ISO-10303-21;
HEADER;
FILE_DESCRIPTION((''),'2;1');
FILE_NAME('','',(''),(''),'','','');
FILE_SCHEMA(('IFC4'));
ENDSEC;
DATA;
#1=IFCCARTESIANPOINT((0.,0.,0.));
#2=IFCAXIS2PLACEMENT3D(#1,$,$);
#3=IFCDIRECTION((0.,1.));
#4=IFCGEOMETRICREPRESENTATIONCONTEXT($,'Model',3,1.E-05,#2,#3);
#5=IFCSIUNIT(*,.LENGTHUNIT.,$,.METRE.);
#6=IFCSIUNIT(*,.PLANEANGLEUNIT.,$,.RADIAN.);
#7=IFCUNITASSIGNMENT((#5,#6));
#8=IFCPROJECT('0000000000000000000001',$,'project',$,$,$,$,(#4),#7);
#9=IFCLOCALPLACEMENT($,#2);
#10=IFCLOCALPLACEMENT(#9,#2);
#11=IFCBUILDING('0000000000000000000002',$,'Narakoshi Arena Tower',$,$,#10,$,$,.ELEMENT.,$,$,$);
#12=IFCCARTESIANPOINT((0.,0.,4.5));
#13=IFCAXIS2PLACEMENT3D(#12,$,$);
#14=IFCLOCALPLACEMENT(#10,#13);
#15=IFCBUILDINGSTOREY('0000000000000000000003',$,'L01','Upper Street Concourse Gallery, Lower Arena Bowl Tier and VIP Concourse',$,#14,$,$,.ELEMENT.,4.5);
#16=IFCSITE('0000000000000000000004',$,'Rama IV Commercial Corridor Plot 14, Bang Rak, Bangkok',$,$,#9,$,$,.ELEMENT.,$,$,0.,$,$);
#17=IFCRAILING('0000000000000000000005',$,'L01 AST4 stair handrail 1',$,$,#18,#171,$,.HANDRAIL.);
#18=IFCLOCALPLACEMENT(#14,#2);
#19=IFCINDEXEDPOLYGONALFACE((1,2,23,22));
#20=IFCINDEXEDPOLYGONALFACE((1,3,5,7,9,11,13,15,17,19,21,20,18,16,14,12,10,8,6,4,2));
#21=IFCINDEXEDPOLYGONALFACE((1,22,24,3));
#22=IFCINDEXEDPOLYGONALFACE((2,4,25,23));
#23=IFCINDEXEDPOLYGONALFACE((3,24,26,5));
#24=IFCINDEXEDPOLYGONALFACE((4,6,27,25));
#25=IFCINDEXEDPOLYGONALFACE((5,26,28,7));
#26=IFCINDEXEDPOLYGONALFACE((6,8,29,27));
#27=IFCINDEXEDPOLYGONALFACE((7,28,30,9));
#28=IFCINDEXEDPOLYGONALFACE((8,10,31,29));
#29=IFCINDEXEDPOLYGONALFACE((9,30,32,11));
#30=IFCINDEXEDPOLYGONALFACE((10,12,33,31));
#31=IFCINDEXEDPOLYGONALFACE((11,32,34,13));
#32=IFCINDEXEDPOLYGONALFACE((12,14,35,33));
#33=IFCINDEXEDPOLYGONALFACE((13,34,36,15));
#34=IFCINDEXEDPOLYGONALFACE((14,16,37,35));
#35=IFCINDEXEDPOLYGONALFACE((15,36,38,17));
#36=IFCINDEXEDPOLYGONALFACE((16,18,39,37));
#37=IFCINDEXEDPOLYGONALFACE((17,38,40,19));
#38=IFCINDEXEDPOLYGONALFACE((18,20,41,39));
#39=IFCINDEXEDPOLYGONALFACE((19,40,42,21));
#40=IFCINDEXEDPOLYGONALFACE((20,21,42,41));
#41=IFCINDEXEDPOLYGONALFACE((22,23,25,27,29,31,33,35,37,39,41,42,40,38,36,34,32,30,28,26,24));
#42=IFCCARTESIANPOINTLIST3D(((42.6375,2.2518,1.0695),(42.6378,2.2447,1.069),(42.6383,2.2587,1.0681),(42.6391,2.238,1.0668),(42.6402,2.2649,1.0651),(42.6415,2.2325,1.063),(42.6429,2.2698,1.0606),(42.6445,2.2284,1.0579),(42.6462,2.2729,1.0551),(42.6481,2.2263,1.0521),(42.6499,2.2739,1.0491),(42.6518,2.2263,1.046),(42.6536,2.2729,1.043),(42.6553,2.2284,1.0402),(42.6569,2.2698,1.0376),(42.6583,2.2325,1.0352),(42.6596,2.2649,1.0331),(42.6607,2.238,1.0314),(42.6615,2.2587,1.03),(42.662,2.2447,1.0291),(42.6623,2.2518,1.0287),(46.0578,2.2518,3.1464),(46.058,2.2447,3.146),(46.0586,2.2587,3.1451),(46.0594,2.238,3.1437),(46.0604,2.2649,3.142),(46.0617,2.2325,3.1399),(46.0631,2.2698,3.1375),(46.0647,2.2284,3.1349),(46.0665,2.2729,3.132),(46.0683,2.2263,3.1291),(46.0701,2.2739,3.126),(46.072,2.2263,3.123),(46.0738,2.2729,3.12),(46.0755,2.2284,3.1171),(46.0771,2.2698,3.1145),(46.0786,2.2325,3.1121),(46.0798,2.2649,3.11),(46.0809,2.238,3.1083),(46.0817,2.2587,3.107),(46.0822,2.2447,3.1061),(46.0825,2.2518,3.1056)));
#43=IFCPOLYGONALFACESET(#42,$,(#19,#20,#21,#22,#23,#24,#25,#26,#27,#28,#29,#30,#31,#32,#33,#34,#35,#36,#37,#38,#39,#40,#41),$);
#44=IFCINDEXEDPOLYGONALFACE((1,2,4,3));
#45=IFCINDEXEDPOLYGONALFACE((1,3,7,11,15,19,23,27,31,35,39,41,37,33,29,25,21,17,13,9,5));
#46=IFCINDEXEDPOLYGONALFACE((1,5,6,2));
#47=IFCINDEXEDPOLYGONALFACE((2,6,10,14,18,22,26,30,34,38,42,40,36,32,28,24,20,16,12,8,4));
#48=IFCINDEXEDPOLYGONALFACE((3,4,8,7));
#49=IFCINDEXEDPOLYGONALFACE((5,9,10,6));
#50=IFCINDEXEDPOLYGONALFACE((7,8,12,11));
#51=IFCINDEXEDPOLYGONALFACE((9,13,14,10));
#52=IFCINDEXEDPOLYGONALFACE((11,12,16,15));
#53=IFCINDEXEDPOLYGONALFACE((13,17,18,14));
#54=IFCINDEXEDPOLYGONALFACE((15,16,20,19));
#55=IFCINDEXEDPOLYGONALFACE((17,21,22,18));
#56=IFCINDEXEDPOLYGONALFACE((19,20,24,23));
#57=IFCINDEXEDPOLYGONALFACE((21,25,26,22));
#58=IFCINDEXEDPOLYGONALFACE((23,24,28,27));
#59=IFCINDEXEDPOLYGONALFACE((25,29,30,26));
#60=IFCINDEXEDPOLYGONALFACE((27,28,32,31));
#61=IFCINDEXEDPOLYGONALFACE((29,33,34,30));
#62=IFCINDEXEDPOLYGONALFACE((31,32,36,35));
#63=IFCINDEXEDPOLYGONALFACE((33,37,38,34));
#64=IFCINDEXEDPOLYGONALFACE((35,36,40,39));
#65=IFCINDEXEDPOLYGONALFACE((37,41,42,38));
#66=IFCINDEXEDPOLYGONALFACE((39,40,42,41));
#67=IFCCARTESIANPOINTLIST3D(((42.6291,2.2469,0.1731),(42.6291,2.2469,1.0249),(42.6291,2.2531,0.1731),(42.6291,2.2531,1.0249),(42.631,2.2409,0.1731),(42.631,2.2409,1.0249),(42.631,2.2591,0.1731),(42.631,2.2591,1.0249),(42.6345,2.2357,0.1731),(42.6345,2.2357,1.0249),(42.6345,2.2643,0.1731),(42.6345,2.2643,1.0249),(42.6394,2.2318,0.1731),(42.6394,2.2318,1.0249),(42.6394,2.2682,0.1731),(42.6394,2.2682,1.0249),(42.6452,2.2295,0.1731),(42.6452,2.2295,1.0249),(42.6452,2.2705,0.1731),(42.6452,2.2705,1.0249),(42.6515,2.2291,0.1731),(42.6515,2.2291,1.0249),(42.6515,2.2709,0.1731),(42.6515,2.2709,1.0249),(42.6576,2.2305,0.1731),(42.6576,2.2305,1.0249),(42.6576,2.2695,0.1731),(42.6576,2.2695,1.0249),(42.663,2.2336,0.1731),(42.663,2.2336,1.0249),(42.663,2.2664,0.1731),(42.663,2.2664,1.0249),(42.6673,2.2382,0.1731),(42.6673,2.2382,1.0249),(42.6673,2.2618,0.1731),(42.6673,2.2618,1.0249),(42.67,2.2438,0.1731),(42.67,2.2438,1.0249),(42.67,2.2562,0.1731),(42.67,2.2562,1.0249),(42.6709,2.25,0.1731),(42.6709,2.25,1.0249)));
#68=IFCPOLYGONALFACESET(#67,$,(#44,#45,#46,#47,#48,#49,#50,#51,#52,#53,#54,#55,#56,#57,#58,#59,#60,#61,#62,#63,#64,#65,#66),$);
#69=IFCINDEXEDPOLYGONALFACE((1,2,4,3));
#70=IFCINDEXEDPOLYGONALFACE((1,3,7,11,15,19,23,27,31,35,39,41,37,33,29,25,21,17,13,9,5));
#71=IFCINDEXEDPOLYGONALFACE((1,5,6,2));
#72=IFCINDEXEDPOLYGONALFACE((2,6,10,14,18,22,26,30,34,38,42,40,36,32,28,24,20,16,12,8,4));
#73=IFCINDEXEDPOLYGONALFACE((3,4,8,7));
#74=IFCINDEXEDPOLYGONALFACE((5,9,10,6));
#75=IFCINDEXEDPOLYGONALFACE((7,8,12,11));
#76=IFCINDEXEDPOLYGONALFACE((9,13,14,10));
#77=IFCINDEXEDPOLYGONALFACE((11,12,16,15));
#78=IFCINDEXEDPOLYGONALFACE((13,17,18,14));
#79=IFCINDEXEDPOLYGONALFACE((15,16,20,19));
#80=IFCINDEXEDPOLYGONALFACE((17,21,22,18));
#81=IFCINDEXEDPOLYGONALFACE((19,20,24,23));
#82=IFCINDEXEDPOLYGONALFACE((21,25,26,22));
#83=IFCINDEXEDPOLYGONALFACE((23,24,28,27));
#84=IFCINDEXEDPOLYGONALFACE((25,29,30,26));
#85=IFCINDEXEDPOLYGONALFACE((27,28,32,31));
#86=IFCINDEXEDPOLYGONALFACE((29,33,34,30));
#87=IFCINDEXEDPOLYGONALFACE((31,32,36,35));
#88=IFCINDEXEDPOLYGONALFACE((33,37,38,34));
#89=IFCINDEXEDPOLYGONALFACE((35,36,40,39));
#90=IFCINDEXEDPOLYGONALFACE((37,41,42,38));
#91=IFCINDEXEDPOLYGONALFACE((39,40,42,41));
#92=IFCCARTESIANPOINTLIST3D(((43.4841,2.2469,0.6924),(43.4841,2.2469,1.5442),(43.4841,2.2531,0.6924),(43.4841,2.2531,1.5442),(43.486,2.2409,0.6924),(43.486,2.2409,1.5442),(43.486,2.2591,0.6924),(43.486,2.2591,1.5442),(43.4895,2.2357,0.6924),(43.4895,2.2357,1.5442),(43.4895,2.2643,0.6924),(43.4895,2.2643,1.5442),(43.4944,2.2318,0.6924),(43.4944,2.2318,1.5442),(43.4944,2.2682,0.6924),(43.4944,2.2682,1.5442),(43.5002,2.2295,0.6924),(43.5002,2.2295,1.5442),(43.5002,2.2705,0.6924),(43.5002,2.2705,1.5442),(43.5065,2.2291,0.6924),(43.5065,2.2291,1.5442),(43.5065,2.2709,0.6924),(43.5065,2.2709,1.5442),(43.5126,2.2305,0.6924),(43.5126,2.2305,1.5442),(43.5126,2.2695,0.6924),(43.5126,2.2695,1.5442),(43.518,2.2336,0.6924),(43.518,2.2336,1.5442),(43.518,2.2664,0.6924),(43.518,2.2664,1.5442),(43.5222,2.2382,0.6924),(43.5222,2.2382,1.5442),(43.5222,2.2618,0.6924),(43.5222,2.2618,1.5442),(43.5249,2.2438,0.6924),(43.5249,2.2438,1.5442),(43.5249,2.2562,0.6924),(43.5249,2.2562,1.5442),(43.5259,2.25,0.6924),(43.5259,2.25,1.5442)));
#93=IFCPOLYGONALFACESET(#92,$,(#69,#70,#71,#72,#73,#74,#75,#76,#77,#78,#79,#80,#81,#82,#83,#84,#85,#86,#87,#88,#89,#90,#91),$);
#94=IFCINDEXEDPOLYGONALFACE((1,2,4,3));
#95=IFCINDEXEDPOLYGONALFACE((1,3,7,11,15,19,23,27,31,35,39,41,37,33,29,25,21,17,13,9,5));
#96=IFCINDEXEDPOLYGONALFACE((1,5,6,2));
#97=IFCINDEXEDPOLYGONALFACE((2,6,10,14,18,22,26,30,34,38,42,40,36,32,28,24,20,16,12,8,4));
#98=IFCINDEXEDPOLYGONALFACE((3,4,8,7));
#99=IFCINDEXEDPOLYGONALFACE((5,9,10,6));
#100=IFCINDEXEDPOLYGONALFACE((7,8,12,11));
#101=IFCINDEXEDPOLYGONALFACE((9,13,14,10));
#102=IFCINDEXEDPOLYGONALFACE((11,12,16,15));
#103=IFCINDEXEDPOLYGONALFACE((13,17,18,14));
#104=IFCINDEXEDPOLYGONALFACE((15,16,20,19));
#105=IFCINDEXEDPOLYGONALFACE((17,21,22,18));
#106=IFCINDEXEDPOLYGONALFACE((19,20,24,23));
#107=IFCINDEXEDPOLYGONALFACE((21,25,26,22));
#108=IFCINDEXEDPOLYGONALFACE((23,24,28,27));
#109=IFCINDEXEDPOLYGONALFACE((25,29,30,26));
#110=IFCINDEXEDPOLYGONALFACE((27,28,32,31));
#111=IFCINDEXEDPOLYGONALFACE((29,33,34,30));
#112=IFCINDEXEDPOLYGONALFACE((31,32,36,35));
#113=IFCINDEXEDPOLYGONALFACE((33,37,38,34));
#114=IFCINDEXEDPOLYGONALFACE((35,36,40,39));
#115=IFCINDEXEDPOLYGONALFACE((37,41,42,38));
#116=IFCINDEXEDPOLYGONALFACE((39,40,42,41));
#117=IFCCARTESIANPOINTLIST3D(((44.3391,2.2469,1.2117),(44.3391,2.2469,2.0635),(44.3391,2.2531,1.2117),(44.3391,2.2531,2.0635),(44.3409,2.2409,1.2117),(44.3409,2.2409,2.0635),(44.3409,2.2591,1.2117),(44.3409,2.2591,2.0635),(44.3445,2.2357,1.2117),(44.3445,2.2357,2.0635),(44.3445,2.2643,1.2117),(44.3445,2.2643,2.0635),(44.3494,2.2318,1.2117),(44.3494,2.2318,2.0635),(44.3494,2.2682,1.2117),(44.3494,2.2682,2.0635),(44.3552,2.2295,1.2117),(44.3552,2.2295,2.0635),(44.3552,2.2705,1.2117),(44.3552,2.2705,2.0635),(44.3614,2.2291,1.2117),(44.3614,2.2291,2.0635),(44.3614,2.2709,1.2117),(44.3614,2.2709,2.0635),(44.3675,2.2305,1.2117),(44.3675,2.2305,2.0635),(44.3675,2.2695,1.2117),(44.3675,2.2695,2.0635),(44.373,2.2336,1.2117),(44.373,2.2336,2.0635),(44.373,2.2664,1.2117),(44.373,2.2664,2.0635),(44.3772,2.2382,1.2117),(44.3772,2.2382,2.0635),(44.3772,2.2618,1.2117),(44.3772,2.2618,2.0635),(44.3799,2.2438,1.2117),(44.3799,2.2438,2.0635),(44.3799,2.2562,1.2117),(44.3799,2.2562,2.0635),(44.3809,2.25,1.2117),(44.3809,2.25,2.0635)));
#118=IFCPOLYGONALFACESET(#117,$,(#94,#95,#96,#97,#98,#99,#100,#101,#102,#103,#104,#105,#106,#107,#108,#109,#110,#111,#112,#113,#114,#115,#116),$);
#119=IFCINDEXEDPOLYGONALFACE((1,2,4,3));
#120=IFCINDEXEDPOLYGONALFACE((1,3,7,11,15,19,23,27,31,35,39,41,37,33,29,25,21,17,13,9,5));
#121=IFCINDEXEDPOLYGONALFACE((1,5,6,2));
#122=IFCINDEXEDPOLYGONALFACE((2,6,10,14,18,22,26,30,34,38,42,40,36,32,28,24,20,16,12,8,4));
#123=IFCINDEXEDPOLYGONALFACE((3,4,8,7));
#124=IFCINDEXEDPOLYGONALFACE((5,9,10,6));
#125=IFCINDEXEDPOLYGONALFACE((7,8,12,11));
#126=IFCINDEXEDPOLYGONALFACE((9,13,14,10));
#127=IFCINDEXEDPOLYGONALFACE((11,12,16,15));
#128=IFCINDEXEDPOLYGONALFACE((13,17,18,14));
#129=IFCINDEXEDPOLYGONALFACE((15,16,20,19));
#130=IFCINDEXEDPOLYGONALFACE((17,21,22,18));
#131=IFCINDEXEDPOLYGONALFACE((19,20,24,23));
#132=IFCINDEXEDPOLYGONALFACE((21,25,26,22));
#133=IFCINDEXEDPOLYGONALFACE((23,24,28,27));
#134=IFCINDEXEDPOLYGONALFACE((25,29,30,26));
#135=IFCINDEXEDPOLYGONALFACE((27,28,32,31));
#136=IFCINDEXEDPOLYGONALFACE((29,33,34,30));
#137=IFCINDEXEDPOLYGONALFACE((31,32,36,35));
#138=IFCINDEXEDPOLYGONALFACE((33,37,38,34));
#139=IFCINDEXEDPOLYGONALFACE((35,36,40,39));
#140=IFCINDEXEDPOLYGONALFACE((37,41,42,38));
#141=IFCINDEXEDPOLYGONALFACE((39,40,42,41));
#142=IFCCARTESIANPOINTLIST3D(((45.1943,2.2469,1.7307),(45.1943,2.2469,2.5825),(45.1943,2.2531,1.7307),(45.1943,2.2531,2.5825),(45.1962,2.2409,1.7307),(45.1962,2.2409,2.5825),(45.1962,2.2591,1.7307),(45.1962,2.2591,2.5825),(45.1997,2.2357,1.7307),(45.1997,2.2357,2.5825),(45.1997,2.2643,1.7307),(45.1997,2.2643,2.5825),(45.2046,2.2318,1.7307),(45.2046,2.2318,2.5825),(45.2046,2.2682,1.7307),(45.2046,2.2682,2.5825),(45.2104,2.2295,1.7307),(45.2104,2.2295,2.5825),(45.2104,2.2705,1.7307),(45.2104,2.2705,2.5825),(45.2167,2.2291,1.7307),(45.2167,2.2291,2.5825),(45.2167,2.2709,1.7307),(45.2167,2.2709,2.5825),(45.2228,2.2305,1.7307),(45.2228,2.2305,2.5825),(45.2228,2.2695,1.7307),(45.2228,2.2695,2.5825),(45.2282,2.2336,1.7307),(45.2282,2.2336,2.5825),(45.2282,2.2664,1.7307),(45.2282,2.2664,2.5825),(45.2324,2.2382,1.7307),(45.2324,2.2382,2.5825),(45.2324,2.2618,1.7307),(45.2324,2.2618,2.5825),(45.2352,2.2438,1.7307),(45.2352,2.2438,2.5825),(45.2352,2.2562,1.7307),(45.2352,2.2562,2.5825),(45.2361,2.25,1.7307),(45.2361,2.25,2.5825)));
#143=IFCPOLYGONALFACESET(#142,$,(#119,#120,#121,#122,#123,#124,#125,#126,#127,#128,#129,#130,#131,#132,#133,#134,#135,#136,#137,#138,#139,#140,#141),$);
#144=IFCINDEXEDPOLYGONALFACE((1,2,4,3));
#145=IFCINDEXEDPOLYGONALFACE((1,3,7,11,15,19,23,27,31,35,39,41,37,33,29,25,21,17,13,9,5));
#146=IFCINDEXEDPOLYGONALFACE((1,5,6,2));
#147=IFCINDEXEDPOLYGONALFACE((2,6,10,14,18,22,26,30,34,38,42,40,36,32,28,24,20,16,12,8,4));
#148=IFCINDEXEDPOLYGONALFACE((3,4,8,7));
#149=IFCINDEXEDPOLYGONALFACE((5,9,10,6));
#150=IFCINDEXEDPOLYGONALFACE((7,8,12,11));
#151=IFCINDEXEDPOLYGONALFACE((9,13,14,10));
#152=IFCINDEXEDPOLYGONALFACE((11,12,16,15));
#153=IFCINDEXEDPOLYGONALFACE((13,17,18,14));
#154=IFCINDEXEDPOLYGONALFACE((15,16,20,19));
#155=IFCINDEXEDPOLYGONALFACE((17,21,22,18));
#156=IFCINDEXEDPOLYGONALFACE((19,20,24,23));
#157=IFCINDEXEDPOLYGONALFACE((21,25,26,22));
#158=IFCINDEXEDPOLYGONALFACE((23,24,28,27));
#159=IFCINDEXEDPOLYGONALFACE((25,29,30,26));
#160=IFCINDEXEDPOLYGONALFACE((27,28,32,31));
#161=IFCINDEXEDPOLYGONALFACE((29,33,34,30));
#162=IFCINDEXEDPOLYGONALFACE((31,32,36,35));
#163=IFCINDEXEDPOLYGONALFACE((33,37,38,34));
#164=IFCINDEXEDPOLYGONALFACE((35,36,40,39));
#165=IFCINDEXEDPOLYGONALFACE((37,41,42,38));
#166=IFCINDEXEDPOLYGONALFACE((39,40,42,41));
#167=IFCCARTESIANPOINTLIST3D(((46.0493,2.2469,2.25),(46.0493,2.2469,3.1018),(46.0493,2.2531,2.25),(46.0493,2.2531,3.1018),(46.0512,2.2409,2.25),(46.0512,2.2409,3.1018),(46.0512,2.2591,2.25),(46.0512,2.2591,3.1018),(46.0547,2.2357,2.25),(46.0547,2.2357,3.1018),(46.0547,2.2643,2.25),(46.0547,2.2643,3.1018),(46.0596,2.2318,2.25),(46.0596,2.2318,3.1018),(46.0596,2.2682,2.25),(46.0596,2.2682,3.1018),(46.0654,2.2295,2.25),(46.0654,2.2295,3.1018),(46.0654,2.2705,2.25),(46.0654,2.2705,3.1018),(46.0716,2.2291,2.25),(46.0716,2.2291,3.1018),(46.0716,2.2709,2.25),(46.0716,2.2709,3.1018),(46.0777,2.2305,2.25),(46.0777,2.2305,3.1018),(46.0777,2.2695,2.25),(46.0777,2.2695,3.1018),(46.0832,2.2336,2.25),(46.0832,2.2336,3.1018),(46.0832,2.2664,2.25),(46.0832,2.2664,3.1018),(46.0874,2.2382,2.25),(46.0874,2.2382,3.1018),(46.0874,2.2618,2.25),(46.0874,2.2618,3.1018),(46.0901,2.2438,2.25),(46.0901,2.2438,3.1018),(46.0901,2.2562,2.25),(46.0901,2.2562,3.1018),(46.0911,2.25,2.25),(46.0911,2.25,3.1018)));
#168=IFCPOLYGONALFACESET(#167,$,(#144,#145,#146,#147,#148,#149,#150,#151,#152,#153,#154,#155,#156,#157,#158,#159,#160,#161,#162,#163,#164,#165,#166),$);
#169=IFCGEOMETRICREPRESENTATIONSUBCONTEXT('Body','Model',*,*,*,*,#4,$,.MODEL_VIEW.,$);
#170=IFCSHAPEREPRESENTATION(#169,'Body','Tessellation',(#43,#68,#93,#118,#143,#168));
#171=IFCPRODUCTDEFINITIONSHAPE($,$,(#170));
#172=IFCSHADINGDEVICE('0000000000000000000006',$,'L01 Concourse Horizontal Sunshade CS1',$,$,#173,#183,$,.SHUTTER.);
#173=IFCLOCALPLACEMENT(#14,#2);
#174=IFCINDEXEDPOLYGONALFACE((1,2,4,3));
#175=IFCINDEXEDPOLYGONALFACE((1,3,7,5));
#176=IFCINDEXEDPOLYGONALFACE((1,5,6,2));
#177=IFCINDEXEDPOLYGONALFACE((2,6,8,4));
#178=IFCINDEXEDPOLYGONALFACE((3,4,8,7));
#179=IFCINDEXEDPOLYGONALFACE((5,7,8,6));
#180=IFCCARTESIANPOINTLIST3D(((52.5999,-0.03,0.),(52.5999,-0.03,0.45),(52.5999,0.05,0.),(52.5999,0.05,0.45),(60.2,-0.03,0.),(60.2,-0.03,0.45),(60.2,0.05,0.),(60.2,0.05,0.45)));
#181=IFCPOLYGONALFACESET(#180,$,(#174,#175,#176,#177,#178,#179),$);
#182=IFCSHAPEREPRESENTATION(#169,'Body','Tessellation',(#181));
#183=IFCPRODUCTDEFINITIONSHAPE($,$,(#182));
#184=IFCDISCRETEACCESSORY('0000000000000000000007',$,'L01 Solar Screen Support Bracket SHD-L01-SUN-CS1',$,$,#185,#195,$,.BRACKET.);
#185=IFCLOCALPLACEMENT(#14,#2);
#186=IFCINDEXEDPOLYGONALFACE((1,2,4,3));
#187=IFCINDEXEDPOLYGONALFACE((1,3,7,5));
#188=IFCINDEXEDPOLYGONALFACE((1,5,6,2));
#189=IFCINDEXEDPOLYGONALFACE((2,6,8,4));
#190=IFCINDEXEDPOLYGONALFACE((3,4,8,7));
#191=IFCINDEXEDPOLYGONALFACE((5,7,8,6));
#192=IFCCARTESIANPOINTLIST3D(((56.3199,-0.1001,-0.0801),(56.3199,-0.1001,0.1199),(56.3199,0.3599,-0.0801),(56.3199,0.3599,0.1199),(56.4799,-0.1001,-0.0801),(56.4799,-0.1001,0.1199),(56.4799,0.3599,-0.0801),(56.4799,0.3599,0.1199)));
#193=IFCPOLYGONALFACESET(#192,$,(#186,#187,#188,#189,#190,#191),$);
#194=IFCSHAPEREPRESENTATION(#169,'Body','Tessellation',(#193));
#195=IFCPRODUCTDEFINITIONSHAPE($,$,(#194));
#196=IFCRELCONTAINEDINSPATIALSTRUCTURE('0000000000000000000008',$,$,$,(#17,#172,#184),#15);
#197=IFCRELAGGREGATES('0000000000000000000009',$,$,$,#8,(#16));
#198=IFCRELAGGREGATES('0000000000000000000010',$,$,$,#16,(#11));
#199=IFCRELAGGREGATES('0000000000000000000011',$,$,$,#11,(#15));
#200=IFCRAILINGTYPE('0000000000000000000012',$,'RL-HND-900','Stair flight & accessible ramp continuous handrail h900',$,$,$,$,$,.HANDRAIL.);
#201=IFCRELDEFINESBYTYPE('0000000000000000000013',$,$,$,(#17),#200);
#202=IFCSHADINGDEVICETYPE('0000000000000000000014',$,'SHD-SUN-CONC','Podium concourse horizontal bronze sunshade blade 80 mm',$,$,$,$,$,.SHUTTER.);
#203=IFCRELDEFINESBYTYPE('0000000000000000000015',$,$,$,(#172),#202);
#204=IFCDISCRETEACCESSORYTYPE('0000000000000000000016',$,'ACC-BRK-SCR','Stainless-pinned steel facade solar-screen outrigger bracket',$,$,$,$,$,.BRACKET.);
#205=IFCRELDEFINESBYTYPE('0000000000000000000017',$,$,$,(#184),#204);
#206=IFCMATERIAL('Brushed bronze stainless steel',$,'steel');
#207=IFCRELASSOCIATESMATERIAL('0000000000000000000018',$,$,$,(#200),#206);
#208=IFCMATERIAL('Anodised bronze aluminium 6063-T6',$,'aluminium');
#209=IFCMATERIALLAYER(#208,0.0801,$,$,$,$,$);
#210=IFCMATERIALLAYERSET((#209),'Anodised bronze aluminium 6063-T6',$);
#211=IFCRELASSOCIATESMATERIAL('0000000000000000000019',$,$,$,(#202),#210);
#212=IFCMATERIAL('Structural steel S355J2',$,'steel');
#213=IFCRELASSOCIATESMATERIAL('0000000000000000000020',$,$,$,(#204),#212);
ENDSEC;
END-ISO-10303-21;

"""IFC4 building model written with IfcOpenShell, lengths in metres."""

from ifc_helpers import new_model, si_unit, direction, frame, origin, origin_2d, place, context, subcontext, project, spatial, rectangle, circle, extrude, material, layer, layer_set, type_object, element, save


model = new_model("IFC4")

# Units and contexts
model_context = context("Model", 3, precision=1e-05, world=origin(), true_north=direction((0.0, 1.0)))
body_context = subcontext(model_context, "Body", "Model", "MODEL_VIEW")
ifc_project = project(units=[si_unit("LENGTHUNIT", "METRE"), si_unit("PLANEANGLEUNIT", "RADIAN")], contexts=[model_context])

# Site, building, storey
site_placement = place(None, origin())
site = spatial("IfcSite", under=ifc_project, at=site_placement, Name="Rama IV Commercial Corridor Plot 14, Bang Rak, Bangkok", CompositionType="ELEMENT", RefElevation=0.0)
building_placement = place(site_placement, origin())
building = spatial("IfcBuilding", under=site, at=building_placement, Name="Narakoshi Arena Tower", CompositionType="ELEMENT")
storey_placement = place(building_placement, frame((0.0, 0.0, 4.5)))
storey = spatial("IfcBuildingStorey", under=building, at=storey_placement, Name="L01", Description="Upper Street Concourse Gallery, Lower Arena Bowl Tier and VIP Concourse", CompositionType="ELEMENT", Elevation=4.5)

# Shared definitions
ifc_material_1 = material(Name="Anodised bronze aluminium 6063-T6", Category="aluminium")

# Railing
ifc_material_2 = material(Name="Brushed bronze stainless steel", Category="steel")
railing_type_1 = type_object("IfcRailingType", Name="RL-HND-900", Description="Stair flight & accessible ramp continuous handrail h900", PredefinedType="HANDRAIL", material=ifc_material_2)
railing_1_placement = place(storey_placement, frame((42.6499, 2.25, 0.1731)))
element("IfcRailing", 1, at=railing_1_placement, inside=storey, type_object=railing_type_1, Name="L01 AST4 stair handrail 1", PredefinedType="HANDRAIL", context=body_context, shape_type="SweptSolid", body=[
    extrude(circle(Radius=0.0239, at=origin_2d()), frame((0.0, 0.0, 0.876), z_axis=(0.854746, 0.0, 0.519047), x_axis=(0.0, 1.0, 0.0)), (0.0, 0.0, 1.0), 4.0015),
    extrude(circle(Radius=0.021, at=origin_2d()), origin(), (0.0, 0.0, 1.0), 0.8518),
    extrude(circle(Radius=0.021, at=origin_2d()), frame((0.855, 0.0, 0.5193)), (0.0, 0.0, 1.0), 0.8518),
    extrude(circle(Radius=0.021, at=origin_2d()), frame((1.71, 0.0, 1.0386)), (0.0, 0.0, 1.0), 0.8518),
    extrude(circle(Radius=0.021, at=origin_2d()), frame((2.5652, 0.0, 1.5576)), (0.0, 0.0, 1.0), 0.8518),
    extrude(circle(Radius=0.021, at=origin_2d()), frame((3.4202, 0.0, 2.0769)), (0.0, 0.0, 1.0), 0.8518),
])

# Shading device
ifc_layer_1 = layer(ifc_material_1, 0.0801)
ifc_layer_set_1 = layer_set([ifc_layer_1], Name="Anodised bronze aluminium 6063-T6")
shading_device_type = type_object("IfcShadingDeviceType", Name="SHD-SUN-CONC", Description="Podium concourse horizontal bronze sunshade blade 80 mm", PredefinedType="SHUTTER", material=ifc_layer_set_1)
shading_device_placement = place(storey_placement, frame((56.3999, 0.01, 0.0), z_axis=(0.0, 0.0, 1.0), x_axis=(1.0, 0.0, 0.0)))
element("IfcShadingDevice", 2, at=shading_device_placement, inside=storey, type_object=shading_device_type, Name="L01 Concourse Horizontal Sunshade CS1", PredefinedType="SHUTTER", context=body_context, shape_type="SweptSolid", body=[
    extrude(rectangle(XDim=7.6001, YDim=0.0801, at=origin_2d()), origin(), (0.0, 0.0, 1.0), 0.45),
])

# Discrete accessory
ifc_material_3 = material(Name="Structural steel S355J2", Category="steel")
discrete_accessory_type = type_object("IfcDiscreteAccessoryType", Name="ACC-BRK-SCR", Description="Stainless-pinned steel facade solar-screen outrigger bracket", PredefinedType="BRACKET", material=ifc_material_3)
discrete_accessory_placement = place(storey_placement, frame((56.3999, 0.1299, -0.0801), z_axis=(0.0, 0.0, 1.0), x_axis=(1.0, 0.0, 0.0)))
element("IfcDiscreteAccessory", 3, at=discrete_accessory_placement, inside=storey, type_object=discrete_accessory_type, Name="L01 Solar Screen Support Bracket SHD-L01-SUN-CS1", PredefinedType="BRACKET", context=body_context, shape_type="SweptSolid", body=[
    extrude(rectangle(XDim=0.1599, YDim=0.46, at=origin_2d()), origin(), (0.0, 0.0, 1.0), 0.2),
])

save(model, "model.ifc")
